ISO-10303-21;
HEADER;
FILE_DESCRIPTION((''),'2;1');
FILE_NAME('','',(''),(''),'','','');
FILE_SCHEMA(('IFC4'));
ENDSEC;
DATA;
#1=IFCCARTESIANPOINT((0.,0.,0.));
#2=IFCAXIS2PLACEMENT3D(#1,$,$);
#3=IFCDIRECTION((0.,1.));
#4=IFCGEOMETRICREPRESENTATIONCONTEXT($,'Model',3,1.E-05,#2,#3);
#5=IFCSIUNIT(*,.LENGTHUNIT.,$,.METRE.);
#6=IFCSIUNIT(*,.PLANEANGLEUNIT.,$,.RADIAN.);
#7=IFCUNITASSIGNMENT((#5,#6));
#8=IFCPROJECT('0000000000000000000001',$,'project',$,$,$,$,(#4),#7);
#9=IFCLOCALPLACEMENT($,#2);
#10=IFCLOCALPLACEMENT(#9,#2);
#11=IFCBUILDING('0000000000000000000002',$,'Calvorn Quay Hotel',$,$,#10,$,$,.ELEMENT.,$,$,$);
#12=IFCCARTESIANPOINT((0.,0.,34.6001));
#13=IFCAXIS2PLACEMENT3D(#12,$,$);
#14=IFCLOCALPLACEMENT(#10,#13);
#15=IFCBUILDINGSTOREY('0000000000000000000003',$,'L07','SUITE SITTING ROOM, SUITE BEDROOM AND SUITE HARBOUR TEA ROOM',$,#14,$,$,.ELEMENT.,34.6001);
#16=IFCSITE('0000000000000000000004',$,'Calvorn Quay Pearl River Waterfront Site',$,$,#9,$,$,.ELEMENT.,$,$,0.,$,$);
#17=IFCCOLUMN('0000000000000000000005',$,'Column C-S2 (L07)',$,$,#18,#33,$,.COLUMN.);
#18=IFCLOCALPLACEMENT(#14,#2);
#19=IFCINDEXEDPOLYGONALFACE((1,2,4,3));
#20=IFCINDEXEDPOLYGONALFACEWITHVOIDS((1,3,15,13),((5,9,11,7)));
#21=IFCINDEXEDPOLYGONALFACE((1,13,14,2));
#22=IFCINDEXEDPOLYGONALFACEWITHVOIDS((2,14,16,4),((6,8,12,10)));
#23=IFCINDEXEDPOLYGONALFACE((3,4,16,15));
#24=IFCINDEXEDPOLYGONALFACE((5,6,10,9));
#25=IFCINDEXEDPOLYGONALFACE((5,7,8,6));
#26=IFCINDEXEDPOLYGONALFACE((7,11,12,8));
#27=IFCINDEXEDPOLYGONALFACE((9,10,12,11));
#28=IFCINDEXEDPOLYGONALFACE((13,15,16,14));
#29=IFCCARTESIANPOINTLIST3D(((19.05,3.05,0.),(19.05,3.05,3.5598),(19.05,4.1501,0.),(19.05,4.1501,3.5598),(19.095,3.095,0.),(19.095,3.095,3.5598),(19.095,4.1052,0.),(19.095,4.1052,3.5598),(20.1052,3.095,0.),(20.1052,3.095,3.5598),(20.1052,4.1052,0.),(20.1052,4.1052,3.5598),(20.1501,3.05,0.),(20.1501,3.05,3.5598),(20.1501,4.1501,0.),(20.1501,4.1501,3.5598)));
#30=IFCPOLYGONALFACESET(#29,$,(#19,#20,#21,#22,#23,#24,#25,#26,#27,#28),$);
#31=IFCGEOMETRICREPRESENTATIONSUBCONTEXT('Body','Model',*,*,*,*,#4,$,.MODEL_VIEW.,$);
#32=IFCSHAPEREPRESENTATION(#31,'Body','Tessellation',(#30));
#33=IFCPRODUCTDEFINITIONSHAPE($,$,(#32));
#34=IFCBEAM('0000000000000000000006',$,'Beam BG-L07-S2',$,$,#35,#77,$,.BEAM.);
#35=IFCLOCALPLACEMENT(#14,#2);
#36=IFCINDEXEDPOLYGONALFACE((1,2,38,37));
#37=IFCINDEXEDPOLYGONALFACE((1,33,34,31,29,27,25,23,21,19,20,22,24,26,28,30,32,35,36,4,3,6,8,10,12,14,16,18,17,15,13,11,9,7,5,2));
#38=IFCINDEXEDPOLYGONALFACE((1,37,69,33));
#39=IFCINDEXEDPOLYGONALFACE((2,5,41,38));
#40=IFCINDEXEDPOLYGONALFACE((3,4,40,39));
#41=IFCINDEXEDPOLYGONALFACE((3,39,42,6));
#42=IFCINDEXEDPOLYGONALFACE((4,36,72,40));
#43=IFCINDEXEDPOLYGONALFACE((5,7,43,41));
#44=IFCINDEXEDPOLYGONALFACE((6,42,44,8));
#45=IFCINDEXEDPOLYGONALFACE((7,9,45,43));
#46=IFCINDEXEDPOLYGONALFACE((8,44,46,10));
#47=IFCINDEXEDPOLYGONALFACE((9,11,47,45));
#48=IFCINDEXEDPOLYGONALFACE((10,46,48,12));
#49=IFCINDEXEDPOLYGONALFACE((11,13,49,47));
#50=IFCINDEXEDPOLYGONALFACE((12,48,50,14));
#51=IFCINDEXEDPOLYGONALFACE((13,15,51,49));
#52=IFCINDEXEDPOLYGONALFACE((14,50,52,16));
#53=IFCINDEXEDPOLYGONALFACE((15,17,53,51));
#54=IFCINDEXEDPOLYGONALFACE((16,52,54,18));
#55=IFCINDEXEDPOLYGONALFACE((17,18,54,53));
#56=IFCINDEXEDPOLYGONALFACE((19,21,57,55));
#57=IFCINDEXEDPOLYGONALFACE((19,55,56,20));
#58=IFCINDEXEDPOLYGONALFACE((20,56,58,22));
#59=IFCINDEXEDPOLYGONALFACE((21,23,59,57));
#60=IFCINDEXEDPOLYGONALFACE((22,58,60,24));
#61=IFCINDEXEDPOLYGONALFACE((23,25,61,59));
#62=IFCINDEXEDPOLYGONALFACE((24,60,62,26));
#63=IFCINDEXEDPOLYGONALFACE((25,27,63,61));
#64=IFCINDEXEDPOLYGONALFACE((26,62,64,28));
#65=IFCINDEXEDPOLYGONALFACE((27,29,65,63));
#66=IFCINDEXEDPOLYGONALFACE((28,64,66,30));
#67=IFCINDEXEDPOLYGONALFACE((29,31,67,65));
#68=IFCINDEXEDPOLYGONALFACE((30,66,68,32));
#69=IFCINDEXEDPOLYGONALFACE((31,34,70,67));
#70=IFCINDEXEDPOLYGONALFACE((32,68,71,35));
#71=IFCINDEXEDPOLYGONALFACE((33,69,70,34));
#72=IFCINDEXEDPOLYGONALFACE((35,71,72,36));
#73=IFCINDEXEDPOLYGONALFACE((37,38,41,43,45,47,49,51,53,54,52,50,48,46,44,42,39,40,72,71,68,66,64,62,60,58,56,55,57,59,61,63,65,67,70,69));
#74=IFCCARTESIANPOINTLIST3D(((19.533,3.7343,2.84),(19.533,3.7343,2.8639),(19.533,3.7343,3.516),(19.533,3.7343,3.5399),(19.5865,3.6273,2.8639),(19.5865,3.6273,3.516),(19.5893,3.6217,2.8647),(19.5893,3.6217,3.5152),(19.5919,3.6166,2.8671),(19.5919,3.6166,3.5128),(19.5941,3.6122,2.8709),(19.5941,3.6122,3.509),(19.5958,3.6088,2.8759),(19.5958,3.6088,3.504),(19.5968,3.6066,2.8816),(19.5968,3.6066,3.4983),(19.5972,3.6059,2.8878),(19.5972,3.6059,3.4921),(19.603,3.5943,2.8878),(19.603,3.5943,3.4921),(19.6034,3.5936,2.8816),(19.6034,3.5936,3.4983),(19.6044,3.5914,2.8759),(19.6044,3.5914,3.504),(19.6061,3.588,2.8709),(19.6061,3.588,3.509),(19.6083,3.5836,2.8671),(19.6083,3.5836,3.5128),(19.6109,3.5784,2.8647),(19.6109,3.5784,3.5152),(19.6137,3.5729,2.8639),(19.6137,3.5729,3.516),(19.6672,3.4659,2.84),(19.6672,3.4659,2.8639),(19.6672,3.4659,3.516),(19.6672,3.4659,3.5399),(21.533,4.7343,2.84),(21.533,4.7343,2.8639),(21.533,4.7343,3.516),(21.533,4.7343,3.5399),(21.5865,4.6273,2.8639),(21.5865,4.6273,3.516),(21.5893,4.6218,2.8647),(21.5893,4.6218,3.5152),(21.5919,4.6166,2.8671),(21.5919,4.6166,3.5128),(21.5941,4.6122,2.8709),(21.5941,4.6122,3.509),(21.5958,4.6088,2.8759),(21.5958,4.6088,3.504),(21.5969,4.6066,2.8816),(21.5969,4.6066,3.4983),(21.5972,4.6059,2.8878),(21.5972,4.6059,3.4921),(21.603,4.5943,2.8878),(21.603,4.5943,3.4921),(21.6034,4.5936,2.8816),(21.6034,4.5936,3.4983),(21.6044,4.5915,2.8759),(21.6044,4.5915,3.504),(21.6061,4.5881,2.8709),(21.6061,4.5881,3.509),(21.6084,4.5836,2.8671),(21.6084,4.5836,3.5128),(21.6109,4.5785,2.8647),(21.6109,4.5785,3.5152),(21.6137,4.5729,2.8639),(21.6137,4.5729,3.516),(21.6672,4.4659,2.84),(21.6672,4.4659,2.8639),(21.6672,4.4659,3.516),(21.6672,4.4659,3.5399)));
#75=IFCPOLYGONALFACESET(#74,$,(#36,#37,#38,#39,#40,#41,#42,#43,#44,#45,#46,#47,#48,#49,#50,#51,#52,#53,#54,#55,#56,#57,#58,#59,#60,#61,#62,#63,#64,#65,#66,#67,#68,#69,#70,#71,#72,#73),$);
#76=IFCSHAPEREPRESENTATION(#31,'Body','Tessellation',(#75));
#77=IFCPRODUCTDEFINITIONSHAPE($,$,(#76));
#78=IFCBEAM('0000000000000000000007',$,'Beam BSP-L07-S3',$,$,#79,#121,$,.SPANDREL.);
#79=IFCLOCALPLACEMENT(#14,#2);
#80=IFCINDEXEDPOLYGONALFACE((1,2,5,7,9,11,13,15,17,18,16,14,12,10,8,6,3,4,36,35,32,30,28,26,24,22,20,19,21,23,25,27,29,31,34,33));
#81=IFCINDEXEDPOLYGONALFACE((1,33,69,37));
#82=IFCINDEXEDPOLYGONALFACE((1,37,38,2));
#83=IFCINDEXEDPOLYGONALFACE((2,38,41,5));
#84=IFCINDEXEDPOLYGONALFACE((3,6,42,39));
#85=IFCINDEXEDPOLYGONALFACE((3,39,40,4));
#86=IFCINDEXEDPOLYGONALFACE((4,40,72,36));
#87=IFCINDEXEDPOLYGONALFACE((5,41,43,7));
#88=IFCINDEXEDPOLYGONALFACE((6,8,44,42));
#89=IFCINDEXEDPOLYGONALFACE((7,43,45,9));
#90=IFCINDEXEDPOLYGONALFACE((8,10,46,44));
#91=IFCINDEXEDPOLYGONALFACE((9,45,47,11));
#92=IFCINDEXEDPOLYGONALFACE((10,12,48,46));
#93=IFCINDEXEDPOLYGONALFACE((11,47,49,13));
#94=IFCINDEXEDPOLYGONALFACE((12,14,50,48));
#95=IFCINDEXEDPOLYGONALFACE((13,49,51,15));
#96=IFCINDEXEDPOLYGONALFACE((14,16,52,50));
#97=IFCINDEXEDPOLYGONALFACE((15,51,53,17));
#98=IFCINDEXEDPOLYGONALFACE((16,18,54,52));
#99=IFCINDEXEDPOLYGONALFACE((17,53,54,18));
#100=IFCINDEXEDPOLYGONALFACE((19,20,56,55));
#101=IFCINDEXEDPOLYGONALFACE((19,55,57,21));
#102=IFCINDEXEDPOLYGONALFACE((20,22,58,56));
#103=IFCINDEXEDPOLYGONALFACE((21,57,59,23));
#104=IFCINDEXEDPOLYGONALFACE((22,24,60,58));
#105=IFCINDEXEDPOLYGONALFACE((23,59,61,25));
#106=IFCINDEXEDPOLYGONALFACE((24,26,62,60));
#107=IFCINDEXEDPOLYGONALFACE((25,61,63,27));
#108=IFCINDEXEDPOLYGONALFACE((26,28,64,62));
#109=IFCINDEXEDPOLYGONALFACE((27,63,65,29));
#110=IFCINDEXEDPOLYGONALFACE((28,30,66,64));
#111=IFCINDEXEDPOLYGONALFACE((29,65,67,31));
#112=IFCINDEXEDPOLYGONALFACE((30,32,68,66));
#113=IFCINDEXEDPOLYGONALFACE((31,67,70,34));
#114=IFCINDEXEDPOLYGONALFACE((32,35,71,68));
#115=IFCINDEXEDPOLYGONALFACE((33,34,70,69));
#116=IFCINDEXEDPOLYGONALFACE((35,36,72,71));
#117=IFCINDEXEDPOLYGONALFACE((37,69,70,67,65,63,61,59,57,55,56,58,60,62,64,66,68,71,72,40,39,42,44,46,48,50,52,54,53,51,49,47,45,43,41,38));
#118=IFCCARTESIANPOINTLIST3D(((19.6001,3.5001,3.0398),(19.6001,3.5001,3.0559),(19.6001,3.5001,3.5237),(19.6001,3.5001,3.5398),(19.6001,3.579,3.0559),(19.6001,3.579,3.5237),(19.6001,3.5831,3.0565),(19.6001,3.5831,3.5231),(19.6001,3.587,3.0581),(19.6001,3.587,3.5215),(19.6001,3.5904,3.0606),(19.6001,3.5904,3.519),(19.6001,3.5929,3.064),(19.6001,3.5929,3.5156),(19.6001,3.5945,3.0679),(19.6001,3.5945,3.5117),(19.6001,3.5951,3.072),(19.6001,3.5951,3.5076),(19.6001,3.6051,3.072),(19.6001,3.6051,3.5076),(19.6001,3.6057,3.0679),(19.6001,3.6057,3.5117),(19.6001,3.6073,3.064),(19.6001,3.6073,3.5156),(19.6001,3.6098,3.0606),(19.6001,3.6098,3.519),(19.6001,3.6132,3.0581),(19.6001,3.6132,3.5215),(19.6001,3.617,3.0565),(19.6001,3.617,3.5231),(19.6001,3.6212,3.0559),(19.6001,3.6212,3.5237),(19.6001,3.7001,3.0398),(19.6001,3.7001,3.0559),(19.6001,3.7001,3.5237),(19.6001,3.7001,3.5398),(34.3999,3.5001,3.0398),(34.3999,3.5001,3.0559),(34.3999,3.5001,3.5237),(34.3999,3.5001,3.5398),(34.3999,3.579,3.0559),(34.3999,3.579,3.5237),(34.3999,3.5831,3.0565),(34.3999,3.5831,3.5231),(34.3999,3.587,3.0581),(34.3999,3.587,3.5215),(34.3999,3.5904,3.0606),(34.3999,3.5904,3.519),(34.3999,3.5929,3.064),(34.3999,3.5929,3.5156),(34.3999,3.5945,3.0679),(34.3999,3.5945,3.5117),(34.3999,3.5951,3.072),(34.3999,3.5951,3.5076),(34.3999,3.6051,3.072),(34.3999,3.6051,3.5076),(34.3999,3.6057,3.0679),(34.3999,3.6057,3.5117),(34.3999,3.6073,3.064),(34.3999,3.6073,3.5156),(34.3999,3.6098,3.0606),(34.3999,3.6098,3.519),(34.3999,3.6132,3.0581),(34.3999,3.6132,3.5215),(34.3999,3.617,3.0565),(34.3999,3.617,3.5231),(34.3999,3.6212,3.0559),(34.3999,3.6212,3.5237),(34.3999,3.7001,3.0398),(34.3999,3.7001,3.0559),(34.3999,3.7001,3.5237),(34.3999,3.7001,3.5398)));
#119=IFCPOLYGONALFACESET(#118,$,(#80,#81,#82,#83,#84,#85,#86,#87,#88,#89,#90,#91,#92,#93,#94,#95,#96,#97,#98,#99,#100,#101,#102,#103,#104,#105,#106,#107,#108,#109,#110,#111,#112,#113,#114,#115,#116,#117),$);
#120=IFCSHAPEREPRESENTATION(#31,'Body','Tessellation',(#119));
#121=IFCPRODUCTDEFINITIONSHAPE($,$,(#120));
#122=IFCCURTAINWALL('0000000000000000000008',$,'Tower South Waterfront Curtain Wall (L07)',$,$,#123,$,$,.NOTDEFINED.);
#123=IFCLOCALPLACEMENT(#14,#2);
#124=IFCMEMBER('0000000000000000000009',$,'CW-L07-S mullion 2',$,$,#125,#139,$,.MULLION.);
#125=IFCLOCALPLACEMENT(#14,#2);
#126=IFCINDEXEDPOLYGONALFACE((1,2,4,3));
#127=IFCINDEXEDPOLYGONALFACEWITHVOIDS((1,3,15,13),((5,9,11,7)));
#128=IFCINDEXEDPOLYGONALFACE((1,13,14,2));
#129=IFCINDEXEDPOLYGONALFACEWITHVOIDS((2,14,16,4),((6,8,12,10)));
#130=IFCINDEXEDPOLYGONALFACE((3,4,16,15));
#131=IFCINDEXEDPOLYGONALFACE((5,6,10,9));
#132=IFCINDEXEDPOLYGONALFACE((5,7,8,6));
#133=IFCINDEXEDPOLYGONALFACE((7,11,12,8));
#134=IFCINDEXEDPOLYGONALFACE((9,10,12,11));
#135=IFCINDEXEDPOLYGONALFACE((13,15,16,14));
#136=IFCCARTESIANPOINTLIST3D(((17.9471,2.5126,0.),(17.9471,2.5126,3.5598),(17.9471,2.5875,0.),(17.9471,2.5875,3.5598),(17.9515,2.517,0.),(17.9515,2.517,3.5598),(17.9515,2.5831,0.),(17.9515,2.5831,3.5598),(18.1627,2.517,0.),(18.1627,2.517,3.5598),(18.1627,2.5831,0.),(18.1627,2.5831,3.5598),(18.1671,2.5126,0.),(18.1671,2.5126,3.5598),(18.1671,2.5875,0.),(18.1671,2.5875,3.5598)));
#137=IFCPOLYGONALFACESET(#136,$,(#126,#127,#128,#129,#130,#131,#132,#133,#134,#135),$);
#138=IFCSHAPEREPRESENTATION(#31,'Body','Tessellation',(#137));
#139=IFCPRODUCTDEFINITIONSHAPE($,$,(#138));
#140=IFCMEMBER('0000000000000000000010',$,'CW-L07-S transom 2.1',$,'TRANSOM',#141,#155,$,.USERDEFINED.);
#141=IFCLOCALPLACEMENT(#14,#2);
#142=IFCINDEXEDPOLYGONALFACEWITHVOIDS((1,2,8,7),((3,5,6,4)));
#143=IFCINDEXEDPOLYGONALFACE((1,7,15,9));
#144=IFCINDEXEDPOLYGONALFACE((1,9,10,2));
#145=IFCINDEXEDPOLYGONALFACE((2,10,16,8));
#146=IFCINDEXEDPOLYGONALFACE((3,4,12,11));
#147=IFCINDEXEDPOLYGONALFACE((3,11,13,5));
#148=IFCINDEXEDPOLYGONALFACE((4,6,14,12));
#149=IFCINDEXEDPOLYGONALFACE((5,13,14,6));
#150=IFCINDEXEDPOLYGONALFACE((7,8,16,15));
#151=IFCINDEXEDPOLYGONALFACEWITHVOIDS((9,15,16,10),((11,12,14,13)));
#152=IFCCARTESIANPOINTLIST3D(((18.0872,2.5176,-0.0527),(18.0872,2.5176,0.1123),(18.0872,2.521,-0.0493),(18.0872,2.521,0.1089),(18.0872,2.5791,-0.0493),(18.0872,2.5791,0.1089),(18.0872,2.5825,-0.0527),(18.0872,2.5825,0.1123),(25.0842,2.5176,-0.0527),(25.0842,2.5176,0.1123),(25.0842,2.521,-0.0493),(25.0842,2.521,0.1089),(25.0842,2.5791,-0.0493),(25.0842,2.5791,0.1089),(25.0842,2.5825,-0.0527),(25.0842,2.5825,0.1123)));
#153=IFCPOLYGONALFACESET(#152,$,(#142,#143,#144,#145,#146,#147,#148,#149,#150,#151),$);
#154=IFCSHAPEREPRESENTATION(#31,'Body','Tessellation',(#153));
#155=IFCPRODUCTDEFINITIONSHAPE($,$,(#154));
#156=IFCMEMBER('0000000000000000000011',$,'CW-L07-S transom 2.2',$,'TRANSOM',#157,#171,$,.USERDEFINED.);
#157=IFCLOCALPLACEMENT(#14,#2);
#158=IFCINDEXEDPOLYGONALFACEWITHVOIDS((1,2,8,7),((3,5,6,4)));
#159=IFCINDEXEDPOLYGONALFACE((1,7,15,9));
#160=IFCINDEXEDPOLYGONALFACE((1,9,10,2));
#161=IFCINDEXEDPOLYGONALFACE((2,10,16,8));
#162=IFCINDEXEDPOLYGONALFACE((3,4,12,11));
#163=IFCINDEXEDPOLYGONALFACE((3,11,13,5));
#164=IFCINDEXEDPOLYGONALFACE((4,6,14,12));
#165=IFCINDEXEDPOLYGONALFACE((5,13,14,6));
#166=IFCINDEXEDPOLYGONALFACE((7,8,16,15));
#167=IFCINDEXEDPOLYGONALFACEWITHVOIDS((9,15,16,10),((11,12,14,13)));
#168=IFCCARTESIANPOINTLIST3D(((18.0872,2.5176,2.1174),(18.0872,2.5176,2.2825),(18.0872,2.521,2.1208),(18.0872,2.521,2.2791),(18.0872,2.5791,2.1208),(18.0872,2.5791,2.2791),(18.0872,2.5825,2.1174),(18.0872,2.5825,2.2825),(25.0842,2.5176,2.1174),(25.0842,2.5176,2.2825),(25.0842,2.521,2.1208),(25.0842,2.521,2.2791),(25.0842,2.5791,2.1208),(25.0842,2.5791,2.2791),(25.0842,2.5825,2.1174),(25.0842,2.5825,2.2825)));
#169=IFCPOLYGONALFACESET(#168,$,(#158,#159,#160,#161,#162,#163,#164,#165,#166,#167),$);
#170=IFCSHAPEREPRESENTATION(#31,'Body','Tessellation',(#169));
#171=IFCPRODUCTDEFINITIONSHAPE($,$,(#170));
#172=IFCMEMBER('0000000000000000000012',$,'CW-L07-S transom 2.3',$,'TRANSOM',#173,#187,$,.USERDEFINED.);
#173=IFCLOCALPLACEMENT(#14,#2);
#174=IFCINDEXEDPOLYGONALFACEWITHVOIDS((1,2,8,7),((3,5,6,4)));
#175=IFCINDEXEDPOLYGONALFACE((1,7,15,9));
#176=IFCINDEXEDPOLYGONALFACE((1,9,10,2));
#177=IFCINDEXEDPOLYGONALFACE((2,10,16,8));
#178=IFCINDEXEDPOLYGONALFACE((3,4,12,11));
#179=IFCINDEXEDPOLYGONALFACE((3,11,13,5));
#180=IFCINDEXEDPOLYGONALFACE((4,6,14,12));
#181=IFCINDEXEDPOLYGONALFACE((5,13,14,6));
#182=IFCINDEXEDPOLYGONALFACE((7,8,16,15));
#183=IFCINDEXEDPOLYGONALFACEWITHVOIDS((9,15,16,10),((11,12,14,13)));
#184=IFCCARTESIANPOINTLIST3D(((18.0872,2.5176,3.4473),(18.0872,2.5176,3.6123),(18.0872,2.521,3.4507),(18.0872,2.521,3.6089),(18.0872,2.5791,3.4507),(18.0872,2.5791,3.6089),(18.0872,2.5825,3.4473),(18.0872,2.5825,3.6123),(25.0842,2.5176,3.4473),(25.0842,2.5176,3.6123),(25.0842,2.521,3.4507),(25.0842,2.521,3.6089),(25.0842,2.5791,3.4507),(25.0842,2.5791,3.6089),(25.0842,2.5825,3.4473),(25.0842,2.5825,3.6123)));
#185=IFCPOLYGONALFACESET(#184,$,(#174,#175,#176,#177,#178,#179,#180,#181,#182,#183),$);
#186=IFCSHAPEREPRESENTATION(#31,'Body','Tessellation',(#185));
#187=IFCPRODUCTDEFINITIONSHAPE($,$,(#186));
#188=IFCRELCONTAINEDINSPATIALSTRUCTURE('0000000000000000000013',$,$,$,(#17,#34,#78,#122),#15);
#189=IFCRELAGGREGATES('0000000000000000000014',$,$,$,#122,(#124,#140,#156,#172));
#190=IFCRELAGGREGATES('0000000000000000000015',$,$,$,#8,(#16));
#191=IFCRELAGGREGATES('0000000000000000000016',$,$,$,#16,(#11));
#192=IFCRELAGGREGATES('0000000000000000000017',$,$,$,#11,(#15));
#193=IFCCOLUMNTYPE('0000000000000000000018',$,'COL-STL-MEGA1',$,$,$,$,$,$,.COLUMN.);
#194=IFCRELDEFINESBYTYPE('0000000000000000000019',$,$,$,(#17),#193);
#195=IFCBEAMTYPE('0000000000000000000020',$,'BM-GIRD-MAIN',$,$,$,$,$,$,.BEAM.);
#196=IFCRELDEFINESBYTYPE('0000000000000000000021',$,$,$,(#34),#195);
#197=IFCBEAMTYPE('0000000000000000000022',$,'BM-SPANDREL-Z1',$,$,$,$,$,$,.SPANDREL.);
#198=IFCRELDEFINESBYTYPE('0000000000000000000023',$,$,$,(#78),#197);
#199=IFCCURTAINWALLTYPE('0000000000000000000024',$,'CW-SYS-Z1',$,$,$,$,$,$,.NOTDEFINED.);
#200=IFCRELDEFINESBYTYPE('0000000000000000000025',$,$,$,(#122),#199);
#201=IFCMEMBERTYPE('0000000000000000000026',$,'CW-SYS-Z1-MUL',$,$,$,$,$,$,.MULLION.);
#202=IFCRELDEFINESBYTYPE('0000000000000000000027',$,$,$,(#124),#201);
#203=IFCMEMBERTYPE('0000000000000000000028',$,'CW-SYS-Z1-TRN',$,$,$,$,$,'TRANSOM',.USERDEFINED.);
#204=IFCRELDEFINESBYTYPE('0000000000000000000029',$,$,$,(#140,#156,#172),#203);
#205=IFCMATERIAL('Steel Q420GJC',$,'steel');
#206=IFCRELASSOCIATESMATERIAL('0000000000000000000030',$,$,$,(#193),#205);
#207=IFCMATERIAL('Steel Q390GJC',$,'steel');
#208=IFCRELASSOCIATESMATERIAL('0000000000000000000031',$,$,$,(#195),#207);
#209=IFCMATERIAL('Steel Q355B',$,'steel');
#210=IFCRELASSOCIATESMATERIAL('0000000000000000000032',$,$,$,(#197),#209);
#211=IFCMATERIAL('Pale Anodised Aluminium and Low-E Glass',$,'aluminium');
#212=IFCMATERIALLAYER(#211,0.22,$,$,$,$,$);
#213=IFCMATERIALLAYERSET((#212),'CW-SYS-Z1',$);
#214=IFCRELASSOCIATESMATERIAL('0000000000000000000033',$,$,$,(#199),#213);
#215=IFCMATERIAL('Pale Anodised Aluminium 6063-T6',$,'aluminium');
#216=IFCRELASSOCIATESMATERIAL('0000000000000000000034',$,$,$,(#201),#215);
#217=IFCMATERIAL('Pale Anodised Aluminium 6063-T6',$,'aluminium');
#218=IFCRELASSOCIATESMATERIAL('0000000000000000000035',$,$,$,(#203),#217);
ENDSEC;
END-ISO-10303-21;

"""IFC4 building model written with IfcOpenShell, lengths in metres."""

from ifc_helpers import new_model, si_unit, direction, frame, origin, origin_2d, place, context, subcontext, project, spatial, hollow_rectangle, i_section, extrude, material, layer, layer_set, material_profile, profile_set, type_object, element, aggregate, save


model = new_model("IFC4")

# Units and contexts
model_context = context("Model", 3, precision=1e-05, world=origin(), true_north=direction((0.0, 1.0)))
body_context = subcontext(model_context, "Body", "Model", "MODEL_VIEW")
ifc_project = project(units=[si_unit("LENGTHUNIT", "METRE"), si_unit("PLANEANGLEUNIT", "RADIAN")], contexts=[model_context])

# Site, building, storey
site_placement = place(None, origin())
site = spatial("IfcSite", under=ifc_project, at=site_placement, Name="Calvorn Quay Pearl River Waterfront Site", CompositionType="ELEMENT", RefElevation=0.0)
building_placement = place(site_placement, origin())
building = spatial("IfcBuilding", under=site, at=building_placement, Name="Calvorn Quay Hotel", CompositionType="ELEMENT")
storey_placement = place(building_placement, frame((0.0, 0.0, 34.6001)))
storey = spatial("IfcBuildingStorey", under=building, at=storey_placement, Name="L07", Description="SUITE SITTING ROOM, SUITE BEDROOM AND SUITE HARBOUR TEA ROOM", CompositionType="ELEMENT", Elevation=34.6001)

# Column
ifc_material_1 = material(Name="Steel Q420GJC", Category="steel")
ifc_material_profile_1 = material_profile(ifc_material_1, hollow_rectangle(XDim=1.1001, YDim=1.1001, WallThickness=0.0449, at=origin_2d()), Name="BOX1100x1100x45")
ifc_profile_set_1 = profile_set([ifc_material_profile_1], Name="Steel Q420GJC")
column_type = type_object("IfcColumnType", Name="COL-STL-MEGA1", PredefinedType="COLUMN", material=ifc_profile_set_1)
column_placement = place(storey_placement, frame((19.6001, 3.6001, 0.0), z_axis=(0.0, 0.0, 1.0), x_axis=(1.0, 0.0, 0.0)))
element("IfcColumn", 1, at=column_placement, inside=storey, type_object=column_type, Name="Column C-S2 (L07)", PredefinedType="COLUMN", context=body_context, shape_type="SweptSolid", body=[
    extrude(hollow_rectangle(XDim=1.1001, YDim=1.1001, WallThickness=0.0449, at=origin_2d()), origin(), (0.0, 0.0, 1.0), 3.5598),
])

# Beams
ifc_material_2 = material(Name="Steel Q390GJC", Category="steel")
ifc_material_profile_2 = material_profile(ifc_material_2, i_section(OverallWidth=0.3, OverallDepth=0.7, WebThickness=0.0129, FlangeThickness=0.0239, FilletRadius=0.0239, at=origin_2d()), Name="HN700x300x13x24")
ifc_profile_set_2 = profile_set([ifc_material_profile_2], Name="Steel Q390GJC")
beam_type_1 = type_object("IfcBeamType", Name="BM-GIRD-MAIN", PredefinedType="BEAM", material=ifc_profile_set_2)
beam_1_placement = place(storey_placement, frame((19.6001, 3.6001, 3.1899), z_axis=(0.894427, 0.447214, 0.0), x_axis=(-0.447214, 0.894427, 0.0)))
element("IfcBeam", 2, at=beam_1_placement, inside=storey, type_object=beam_type_1, Name="Beam BG-L07-S2", PredefinedType="BEAM", context=body_context, shape_type="SweptSolid", body=[
    extrude(i_section(OverallWidth=0.3, OverallDepth=0.7, WebThickness=0.0129, FlangeThickness=0.0239, FilletRadius=0.0239, at=origin_2d()), origin(), (0.0, 0.0, 1.0), 2.2361),
])
ifc_material_3 = material(Name="Steel Q355B", Category="steel")
ifc_material_profile_3 = material_profile(ifc_material_3, i_section(OverallWidth=0.2, OverallDepth=0.5, WebThickness=0.01, FlangeThickness=0.0161, FilletRadius=0.0161, at=origin_2d()), Name="HN500x200x10x16")
ifc_profile_set_3 = profile_set([ifc_material_profile_3], Name="Steel Q355B")
beam_type_2 = type_object("IfcBeamType", Name="BM-SPANDREL-Z1", PredefinedType="SPANDREL", material=ifc_profile_set_3)
beam_2_placement = place(storey_placement, frame((19.6001, 3.6001, 3.2898), z_axis=(1.0, 0.0, 0.0), x_axis=(0.0, 1.0, 0.0)))
element("IfcBeam", 3, at=beam_2_placement, inside=storey, type_object=beam_type_2, Name="Beam BSP-L07-S3", PredefinedType="SPANDREL", context=body_context, shape_type="SweptSolid", body=[
    extrude(i_section(OverallWidth=0.2, OverallDepth=0.5, WebThickness=0.01, FlangeThickness=0.0161, FilletRadius=0.0161, at=origin_2d()), origin(), (0.0, 0.0, 1.0), 14.7998),
])

# Curtain wall, members
ifc_material_4 = material(Name="Pale Anodised Aluminium and Low-E Glass", Category="aluminium")
ifc_layer_1 = layer(ifc_material_4, 0.22)
ifc_layer_set_1 = layer_set([ifc_layer_1], Name="CW-SYS-Z1")
curtain_wall_type = type_object("IfcCurtainWallType", Name="CW-SYS-Z1", PredefinedType="NOTDEFINED", material=ifc_layer_set_1)
curtain_wall_placement = place(storey_placement, origin())
curtain_wall = element("IfcCurtainWall", 4, at=curtain_wall_placement, inside=storey, type_object=curtain_wall_type, Name="Tower South Waterfront Curtain Wall (L07)", PredefinedType="NOTDEFINED")
ifc_material_5 = material(Name="Pale Anodised Aluminium 6063-T6", Category="aluminium")
ifc_material_profile_4 = material_profile(ifc_material_5, hollow_rectangle(XDim=0.075, YDim=0.22, WallThickness=0.0044, at=origin_2d()), Name="ALU-M220x75x4.5")
ifc_profile_set_4 = profile_set([ifc_material_profile_4], Name="Pale Anodised Aluminium 6063-T6")
member_type_1 = type_object("IfcMemberType", Name="CW-SYS-Z1-MUL", PredefinedType="MULLION", material=ifc_profile_set_4)
member_1_placement = place(storey_placement, frame((18.0571, 2.55, 0.0), z_axis=(0.0, 0.0, 1.0), x_axis=(0.0, 1.0, 0.0)))
member_1 = element("IfcMember", 5, at=member_1_placement, type_object=member_type_1, Name="CW-L07-S mullion 2", PredefinedType="MULLION", context=body_context, shape_type="SweptSolid", body=[
    extrude(hollow_rectangle(XDim=0.075, YDim=0.22, WallThickness=0.0044, at=origin_2d()), origin(), (0.0, 0.0, 1.0), 3.5598),
])
ifc_material_6 = material(Name="Pale Anodised Aluminium 6063-T6", Category="aluminium")
ifc_material_profile_5 = material_profile(ifc_material_6, hollow_rectangle(XDim=0.0649, YDim=0.165, WallThickness=0.0034, at=origin_2d()), Name="ALU-T165x65x3.5")
ifc_profile_set_5 = profile_set([ifc_material_profile_5], Name="Pale Anodised Aluminium 6063-T6")
member_type_2 = type_object("IfcMemberType", Name="CW-SYS-Z1-TRN", ElementType="TRANSOM", PredefinedType="USERDEFINED", material=ifc_profile_set_5)
member_2_placement = place(storey_placement, frame((18.0872, 2.55, 0.0298), z_axis=(1.0, 0.0, 0.0), x_axis=(0.0, 1.0, 0.0)))
member_2 = element("IfcMember", 6, at=member_2_placement, type_object=member_type_2, Name="CW-L07-S transom 2.1", ObjectType="TRANSOM", PredefinedType="USERDEFINED", context=body_context, shape_type="SweptSolid", body=[
    extrude(hollow_rectangle(XDim=0.0649, YDim=0.165, WallThickness=0.0034, at=origin_2d()), origin(), (0.0, 0.0, 1.0), 6.9971),
])
member_3_placement = place(storey_placement, frame((18.0872, 2.55, 2.2), z_axis=(1.0, 0.0, 0.0), x_axis=(0.0, 1.0, 0.0)))
member_3 = element("IfcMember", 7, at=member_3_placement, type_object=member_type_2, Name="CW-L07-S transom 2.2", ObjectType="TRANSOM", PredefinedType="USERDEFINED", context=body_context, shape_type="SweptSolid", body=[
    extrude(hollow_rectangle(XDim=0.0649, YDim=0.165, WallThickness=0.0034, at=origin_2d()), origin(), (0.0, 0.0, 1.0), 6.9971),
])
member_4_placement = place(storey_placement, frame((18.0872, 2.55, 3.5298), z_axis=(1.0, 0.0, 0.0), x_axis=(0.0, 1.0, 0.0)))
member_4 = element("IfcMember", 8, at=member_4_placement, type_object=member_type_2, Name="CW-L07-S transom 2.3", ObjectType="TRANSOM", PredefinedType="USERDEFINED", context=body_context, shape_type="SweptSolid", body=[
    extrude(hollow_rectangle(XDim=0.0649, YDim=0.165, WallThickness=0.0034, at=origin_2d()), origin(), (0.0, 0.0, 1.0), 6.9971),
])
aggregate(curtain_wall, [member_1, member_2, member_3, member_4])

save(model, "model.ifc")
